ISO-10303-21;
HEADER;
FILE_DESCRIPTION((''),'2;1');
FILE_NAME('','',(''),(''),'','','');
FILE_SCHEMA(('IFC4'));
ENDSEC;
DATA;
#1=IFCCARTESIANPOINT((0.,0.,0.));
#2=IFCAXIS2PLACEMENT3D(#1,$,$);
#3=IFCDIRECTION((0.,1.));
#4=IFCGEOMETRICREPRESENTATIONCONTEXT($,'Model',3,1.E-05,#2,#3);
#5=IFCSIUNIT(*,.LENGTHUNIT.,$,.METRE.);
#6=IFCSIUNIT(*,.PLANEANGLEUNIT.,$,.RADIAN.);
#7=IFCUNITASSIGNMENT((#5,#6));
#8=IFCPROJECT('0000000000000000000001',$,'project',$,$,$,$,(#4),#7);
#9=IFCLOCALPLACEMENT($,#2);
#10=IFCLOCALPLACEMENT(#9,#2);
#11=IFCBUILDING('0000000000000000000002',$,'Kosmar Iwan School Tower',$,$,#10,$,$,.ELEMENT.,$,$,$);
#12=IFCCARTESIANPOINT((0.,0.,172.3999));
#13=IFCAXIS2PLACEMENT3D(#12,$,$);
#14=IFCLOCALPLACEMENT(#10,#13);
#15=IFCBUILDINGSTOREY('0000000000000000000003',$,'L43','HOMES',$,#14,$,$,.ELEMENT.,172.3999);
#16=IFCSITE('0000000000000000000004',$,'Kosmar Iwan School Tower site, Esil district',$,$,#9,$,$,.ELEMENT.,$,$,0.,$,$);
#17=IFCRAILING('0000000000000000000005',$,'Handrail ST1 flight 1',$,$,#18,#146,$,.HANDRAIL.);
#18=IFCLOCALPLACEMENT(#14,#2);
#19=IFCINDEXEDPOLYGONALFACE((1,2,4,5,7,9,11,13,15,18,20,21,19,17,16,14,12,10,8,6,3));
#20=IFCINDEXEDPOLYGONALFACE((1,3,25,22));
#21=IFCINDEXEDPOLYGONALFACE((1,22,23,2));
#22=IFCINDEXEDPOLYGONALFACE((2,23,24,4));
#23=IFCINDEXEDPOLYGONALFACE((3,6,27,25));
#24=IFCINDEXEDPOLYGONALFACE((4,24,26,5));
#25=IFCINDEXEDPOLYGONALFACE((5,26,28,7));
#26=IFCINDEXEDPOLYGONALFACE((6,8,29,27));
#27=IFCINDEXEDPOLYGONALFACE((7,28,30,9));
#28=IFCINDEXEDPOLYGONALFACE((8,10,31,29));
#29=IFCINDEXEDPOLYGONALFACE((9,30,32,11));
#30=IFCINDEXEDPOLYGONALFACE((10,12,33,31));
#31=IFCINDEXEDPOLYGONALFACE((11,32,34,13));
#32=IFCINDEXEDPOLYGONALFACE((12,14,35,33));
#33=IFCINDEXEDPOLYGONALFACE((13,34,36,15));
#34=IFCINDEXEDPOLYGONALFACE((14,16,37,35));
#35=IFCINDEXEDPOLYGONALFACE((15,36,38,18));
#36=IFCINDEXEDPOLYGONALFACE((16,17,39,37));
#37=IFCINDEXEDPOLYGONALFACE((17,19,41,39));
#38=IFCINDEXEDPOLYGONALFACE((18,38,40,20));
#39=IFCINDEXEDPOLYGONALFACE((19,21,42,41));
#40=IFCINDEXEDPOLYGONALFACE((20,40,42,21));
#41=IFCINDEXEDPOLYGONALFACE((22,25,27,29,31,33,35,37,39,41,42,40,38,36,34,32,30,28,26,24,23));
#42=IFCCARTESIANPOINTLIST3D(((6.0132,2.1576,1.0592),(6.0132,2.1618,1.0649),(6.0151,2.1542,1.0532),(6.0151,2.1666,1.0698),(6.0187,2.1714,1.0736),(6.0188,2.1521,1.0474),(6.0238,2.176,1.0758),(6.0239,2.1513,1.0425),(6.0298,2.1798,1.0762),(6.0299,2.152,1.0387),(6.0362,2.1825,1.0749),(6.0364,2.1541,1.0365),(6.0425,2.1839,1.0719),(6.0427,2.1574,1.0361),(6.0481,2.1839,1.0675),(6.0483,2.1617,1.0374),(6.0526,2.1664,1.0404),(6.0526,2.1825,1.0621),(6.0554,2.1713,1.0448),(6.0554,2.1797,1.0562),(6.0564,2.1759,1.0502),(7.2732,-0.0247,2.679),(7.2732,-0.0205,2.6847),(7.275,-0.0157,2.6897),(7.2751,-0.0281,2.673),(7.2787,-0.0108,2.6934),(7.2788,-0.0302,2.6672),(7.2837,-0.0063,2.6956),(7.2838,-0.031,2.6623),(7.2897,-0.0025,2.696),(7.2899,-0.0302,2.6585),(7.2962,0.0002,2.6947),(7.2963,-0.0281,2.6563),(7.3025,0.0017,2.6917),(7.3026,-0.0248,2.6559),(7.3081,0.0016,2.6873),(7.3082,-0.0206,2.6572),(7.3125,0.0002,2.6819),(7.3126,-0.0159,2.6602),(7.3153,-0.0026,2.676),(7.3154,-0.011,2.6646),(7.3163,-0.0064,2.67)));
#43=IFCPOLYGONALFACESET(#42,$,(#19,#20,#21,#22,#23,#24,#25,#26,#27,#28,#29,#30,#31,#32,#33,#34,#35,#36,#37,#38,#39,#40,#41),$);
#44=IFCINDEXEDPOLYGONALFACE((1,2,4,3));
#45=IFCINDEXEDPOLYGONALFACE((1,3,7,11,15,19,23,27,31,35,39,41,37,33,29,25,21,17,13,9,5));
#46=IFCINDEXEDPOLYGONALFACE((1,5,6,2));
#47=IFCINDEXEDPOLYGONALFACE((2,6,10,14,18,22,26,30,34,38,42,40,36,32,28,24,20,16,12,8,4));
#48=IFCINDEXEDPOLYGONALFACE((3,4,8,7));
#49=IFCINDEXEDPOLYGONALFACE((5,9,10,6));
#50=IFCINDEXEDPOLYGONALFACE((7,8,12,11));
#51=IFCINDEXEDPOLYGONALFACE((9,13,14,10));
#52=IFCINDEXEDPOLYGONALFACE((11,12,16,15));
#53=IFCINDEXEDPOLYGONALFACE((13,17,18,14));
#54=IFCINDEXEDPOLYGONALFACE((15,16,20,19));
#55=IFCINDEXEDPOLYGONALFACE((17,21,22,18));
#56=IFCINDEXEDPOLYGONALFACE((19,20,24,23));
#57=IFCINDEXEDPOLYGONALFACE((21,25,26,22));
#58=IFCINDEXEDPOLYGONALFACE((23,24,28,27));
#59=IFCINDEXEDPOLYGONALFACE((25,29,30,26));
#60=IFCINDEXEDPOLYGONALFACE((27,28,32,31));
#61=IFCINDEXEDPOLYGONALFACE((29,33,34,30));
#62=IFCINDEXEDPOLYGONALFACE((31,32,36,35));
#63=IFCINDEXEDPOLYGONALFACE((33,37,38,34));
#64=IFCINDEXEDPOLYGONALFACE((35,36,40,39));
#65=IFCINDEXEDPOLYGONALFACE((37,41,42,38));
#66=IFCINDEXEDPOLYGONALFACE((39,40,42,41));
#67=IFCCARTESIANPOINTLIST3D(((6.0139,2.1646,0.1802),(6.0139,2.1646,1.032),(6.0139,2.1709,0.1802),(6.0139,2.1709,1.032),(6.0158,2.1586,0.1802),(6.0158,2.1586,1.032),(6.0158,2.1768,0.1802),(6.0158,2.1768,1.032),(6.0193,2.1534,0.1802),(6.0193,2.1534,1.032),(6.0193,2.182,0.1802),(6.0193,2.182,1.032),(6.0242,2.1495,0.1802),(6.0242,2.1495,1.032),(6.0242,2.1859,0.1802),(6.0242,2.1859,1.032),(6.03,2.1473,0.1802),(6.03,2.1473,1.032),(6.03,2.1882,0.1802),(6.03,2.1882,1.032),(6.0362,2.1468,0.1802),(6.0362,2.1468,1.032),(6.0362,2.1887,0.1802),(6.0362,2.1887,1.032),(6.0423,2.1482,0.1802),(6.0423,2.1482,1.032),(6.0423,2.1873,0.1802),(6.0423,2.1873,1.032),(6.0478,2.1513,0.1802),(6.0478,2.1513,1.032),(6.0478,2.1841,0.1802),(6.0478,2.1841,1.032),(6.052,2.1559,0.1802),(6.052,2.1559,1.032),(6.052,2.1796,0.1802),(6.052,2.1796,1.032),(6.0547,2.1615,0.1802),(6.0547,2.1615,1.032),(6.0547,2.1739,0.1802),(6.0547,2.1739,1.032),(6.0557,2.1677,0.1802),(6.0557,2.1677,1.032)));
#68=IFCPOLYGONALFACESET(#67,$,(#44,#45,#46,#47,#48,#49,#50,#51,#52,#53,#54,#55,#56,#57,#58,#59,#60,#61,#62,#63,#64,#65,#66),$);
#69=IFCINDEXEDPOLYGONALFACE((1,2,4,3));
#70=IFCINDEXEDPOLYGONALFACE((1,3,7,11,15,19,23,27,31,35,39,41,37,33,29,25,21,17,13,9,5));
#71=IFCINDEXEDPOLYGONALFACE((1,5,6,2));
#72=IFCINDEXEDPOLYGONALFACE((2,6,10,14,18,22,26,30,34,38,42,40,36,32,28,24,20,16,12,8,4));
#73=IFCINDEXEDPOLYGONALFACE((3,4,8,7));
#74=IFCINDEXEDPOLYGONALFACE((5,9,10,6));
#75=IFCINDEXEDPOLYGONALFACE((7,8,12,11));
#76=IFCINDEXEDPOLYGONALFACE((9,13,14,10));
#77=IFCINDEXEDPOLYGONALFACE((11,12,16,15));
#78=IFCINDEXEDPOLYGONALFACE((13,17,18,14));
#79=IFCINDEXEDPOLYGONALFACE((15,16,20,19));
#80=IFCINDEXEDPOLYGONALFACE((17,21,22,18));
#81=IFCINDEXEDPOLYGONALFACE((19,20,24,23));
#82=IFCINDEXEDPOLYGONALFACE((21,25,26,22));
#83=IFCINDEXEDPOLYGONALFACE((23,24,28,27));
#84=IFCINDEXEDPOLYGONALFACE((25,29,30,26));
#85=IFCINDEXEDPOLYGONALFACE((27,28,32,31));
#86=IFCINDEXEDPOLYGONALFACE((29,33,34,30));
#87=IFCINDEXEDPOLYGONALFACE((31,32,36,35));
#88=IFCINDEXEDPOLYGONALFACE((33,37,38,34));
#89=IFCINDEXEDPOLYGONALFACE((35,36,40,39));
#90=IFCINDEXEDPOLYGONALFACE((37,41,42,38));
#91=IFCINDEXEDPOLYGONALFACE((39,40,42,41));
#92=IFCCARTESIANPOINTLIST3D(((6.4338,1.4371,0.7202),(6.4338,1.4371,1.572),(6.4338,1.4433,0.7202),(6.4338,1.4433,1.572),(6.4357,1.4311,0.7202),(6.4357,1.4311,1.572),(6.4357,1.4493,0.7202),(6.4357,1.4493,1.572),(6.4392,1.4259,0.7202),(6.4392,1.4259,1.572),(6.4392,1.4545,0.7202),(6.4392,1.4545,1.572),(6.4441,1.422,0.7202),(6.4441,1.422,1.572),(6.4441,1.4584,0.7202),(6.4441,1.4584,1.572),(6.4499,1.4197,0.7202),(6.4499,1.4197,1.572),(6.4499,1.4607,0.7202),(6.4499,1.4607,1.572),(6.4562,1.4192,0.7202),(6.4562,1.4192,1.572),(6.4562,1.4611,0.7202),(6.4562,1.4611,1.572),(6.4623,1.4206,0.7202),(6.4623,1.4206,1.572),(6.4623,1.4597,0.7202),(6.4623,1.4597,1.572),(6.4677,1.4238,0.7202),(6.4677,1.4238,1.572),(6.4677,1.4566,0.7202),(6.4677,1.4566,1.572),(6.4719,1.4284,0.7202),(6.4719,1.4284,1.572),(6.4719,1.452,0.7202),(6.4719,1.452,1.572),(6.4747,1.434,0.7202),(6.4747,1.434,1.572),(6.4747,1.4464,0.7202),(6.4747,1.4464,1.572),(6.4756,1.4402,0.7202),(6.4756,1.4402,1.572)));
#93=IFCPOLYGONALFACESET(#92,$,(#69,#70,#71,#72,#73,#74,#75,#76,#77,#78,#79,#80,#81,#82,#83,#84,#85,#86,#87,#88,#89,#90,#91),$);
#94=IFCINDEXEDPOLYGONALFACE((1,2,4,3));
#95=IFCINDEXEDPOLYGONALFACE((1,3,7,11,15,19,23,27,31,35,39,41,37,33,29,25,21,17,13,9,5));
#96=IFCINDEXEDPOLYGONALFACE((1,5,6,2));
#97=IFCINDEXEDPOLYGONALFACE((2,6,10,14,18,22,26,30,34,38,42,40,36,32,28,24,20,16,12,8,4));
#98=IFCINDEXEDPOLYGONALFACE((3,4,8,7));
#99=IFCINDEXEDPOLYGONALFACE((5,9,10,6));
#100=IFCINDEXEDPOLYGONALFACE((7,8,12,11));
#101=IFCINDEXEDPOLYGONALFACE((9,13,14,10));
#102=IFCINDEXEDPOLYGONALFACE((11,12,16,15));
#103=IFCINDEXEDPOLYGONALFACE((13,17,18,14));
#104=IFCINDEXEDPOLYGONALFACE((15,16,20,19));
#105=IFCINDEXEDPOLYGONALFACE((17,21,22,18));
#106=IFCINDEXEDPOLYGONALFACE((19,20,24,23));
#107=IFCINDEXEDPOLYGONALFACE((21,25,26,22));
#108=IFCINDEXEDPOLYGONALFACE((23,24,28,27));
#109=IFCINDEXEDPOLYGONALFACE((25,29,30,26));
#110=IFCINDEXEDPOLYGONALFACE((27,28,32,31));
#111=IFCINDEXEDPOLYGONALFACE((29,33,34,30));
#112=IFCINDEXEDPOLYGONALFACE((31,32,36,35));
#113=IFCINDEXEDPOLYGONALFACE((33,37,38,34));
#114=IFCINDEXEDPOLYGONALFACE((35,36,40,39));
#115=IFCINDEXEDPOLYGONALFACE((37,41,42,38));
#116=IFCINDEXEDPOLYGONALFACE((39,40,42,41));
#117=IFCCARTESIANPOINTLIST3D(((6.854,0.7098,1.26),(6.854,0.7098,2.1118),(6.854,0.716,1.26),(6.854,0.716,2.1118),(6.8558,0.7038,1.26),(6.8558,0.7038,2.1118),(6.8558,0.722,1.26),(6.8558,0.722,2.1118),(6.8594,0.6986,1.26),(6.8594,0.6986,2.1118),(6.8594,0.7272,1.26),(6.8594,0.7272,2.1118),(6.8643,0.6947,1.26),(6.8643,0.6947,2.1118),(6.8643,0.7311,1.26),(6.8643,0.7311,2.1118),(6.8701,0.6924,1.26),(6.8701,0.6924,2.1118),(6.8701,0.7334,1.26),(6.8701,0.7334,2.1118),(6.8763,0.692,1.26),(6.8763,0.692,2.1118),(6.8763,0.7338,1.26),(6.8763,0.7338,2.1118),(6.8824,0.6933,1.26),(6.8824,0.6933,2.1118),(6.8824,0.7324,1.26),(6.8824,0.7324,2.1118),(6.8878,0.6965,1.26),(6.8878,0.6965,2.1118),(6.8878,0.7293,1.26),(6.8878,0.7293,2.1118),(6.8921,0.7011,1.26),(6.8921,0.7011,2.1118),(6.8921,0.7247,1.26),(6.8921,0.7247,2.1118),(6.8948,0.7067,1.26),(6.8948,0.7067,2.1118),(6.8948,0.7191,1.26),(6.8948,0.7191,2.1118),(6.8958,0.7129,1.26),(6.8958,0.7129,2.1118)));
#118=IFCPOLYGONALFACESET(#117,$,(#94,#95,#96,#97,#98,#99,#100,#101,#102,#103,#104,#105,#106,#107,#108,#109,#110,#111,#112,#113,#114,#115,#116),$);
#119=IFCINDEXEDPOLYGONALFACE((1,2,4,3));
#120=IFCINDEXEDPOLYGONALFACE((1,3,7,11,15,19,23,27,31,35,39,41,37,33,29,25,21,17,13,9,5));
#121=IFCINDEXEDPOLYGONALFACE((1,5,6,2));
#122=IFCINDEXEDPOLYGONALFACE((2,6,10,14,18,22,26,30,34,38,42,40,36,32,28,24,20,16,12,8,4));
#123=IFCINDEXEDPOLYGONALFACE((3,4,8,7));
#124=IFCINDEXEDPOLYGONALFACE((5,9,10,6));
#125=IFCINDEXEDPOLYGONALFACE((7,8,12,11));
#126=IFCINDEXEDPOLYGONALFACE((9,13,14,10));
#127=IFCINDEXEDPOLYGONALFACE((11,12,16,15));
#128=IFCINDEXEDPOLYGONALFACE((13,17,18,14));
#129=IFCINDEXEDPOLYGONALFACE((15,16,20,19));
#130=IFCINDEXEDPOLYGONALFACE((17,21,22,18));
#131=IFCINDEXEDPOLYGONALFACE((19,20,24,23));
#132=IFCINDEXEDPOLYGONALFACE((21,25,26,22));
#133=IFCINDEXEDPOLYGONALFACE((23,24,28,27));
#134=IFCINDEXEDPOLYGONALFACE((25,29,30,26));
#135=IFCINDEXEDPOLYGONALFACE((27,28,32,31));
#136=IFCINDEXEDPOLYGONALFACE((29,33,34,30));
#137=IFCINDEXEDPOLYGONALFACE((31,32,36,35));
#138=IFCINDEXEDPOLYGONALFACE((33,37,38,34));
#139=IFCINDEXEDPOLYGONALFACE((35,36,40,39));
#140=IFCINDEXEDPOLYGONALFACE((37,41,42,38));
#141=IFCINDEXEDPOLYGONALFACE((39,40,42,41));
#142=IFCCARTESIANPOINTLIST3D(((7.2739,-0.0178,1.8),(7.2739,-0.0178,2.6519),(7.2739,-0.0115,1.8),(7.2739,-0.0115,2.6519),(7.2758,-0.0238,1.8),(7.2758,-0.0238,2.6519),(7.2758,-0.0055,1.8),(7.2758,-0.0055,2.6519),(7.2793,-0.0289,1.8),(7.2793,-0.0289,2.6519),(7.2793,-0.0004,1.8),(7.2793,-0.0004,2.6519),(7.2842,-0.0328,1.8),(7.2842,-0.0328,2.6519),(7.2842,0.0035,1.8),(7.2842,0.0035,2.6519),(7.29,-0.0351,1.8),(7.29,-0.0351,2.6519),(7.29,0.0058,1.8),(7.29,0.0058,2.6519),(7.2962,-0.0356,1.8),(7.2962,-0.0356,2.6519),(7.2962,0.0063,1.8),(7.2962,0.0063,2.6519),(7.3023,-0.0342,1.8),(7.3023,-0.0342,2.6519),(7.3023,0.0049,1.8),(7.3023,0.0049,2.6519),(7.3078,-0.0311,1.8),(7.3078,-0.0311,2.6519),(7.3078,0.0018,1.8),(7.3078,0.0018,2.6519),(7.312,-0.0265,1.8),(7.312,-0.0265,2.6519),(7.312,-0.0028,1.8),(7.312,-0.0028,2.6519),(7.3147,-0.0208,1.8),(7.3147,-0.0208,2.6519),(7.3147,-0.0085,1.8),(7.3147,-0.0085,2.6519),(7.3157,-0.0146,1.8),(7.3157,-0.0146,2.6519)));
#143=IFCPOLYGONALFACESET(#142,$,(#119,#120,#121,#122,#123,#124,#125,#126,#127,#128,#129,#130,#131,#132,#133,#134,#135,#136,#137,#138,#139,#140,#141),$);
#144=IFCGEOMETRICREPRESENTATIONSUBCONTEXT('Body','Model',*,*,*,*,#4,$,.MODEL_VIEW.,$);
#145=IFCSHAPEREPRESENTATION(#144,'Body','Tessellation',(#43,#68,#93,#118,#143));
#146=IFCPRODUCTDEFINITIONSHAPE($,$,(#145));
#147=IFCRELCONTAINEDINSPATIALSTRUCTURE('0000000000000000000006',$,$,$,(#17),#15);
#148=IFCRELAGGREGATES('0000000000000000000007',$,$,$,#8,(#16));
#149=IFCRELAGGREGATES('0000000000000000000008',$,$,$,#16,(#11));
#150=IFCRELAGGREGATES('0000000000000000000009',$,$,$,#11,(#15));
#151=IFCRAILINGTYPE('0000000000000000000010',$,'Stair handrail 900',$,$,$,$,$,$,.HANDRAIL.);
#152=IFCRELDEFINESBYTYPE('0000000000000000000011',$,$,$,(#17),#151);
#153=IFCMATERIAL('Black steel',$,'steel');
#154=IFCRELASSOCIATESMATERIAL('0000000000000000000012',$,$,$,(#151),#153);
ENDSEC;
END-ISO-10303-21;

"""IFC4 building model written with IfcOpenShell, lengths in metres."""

from ifc_helpers import new_model, si_unit, direction, frame, origin, origin_2d, place, context, subcontext, project, spatial, circle, extrude, material, type_object, element, save


model = new_model("IFC4")

# Units and contexts
model_context = context("Model", 3, precision=1e-05, world=origin(), true_north=direction((0.0, 1.0)))
body_context = subcontext(model_context, "Body", "Model", "MODEL_VIEW")
ifc_project = project(units=[si_unit("LENGTHUNIT", "METRE"), si_unit("PLANEANGLEUNIT", "RADIAN")], contexts=[model_context])

# Site, building, storey
site_placement = place(None, origin())
site = spatial("IfcSite", under=ifc_project, at=site_placement, Name="Kosmar Iwan School Tower site, Esil district", CompositionType="ELEMENT", RefElevation=0.0)
building_placement = place(site_placement, origin())
building = spatial("IfcBuilding", under=site, at=building_placement, Name="Kosmar Iwan School Tower", CompositionType="ELEMENT")
storey_placement = place(building_placement, frame((0.0, 0.0, 172.3999)))
storey = spatial("IfcBuildingStorey", under=building, at=storey_placement, Name="L43", Description="HOMES", CompositionType="ELEMENT", Elevation=172.3999)

# Railing
ifc_material_1 = material(Name="Black steel", Category="steel")
railing_type = type_object("IfcRailingType", Name="Stair handrail 900", PredefinedType="HANDRAIL", material=ifc_material_1)
railing_1_placement = place(storey_placement, frame((6.0347, 2.1677, 0.1802)))
element("IfcRailing", 1, at=railing_1_placement, inside=storey, type_object=railing_type, Name="Handrail ST1 flight 1", PredefinedType="HANDRAIL", context=body_context, shape_type="SweptSolid", body=[
    extrude(circle(Radius=0.0239, at=origin_2d()), frame((0.0, 0.0, 0.876), z_axis=(0.420603, -0.728496, 0.540728), x_axis=(0.866023, 0.500005, 0.0)), (0.0, 0.0, 1.0), 2.9956),
    extrude(circle(Radius=0.021, at=origin_2d()), origin(), (0.0, 0.0, 1.0), 0.8518),
    extrude(circle(Radius=0.021, at=origin_2d()), frame((0.4199, -0.7275, 0.54)), (0.0, 0.0, 1.0), 0.8518),
    extrude(circle(Radius=0.021, at=origin_2d()), frame((0.8401, -1.4548, 1.0798)), (0.0, 0.0, 1.0), 0.8518),
    extrude(circle(Radius=0.021, at=origin_2d()), frame((1.26, -2.1824, 1.6199)), (0.0, 0.0, 1.0), 0.8518),
])

save(model, "model.ifc")
